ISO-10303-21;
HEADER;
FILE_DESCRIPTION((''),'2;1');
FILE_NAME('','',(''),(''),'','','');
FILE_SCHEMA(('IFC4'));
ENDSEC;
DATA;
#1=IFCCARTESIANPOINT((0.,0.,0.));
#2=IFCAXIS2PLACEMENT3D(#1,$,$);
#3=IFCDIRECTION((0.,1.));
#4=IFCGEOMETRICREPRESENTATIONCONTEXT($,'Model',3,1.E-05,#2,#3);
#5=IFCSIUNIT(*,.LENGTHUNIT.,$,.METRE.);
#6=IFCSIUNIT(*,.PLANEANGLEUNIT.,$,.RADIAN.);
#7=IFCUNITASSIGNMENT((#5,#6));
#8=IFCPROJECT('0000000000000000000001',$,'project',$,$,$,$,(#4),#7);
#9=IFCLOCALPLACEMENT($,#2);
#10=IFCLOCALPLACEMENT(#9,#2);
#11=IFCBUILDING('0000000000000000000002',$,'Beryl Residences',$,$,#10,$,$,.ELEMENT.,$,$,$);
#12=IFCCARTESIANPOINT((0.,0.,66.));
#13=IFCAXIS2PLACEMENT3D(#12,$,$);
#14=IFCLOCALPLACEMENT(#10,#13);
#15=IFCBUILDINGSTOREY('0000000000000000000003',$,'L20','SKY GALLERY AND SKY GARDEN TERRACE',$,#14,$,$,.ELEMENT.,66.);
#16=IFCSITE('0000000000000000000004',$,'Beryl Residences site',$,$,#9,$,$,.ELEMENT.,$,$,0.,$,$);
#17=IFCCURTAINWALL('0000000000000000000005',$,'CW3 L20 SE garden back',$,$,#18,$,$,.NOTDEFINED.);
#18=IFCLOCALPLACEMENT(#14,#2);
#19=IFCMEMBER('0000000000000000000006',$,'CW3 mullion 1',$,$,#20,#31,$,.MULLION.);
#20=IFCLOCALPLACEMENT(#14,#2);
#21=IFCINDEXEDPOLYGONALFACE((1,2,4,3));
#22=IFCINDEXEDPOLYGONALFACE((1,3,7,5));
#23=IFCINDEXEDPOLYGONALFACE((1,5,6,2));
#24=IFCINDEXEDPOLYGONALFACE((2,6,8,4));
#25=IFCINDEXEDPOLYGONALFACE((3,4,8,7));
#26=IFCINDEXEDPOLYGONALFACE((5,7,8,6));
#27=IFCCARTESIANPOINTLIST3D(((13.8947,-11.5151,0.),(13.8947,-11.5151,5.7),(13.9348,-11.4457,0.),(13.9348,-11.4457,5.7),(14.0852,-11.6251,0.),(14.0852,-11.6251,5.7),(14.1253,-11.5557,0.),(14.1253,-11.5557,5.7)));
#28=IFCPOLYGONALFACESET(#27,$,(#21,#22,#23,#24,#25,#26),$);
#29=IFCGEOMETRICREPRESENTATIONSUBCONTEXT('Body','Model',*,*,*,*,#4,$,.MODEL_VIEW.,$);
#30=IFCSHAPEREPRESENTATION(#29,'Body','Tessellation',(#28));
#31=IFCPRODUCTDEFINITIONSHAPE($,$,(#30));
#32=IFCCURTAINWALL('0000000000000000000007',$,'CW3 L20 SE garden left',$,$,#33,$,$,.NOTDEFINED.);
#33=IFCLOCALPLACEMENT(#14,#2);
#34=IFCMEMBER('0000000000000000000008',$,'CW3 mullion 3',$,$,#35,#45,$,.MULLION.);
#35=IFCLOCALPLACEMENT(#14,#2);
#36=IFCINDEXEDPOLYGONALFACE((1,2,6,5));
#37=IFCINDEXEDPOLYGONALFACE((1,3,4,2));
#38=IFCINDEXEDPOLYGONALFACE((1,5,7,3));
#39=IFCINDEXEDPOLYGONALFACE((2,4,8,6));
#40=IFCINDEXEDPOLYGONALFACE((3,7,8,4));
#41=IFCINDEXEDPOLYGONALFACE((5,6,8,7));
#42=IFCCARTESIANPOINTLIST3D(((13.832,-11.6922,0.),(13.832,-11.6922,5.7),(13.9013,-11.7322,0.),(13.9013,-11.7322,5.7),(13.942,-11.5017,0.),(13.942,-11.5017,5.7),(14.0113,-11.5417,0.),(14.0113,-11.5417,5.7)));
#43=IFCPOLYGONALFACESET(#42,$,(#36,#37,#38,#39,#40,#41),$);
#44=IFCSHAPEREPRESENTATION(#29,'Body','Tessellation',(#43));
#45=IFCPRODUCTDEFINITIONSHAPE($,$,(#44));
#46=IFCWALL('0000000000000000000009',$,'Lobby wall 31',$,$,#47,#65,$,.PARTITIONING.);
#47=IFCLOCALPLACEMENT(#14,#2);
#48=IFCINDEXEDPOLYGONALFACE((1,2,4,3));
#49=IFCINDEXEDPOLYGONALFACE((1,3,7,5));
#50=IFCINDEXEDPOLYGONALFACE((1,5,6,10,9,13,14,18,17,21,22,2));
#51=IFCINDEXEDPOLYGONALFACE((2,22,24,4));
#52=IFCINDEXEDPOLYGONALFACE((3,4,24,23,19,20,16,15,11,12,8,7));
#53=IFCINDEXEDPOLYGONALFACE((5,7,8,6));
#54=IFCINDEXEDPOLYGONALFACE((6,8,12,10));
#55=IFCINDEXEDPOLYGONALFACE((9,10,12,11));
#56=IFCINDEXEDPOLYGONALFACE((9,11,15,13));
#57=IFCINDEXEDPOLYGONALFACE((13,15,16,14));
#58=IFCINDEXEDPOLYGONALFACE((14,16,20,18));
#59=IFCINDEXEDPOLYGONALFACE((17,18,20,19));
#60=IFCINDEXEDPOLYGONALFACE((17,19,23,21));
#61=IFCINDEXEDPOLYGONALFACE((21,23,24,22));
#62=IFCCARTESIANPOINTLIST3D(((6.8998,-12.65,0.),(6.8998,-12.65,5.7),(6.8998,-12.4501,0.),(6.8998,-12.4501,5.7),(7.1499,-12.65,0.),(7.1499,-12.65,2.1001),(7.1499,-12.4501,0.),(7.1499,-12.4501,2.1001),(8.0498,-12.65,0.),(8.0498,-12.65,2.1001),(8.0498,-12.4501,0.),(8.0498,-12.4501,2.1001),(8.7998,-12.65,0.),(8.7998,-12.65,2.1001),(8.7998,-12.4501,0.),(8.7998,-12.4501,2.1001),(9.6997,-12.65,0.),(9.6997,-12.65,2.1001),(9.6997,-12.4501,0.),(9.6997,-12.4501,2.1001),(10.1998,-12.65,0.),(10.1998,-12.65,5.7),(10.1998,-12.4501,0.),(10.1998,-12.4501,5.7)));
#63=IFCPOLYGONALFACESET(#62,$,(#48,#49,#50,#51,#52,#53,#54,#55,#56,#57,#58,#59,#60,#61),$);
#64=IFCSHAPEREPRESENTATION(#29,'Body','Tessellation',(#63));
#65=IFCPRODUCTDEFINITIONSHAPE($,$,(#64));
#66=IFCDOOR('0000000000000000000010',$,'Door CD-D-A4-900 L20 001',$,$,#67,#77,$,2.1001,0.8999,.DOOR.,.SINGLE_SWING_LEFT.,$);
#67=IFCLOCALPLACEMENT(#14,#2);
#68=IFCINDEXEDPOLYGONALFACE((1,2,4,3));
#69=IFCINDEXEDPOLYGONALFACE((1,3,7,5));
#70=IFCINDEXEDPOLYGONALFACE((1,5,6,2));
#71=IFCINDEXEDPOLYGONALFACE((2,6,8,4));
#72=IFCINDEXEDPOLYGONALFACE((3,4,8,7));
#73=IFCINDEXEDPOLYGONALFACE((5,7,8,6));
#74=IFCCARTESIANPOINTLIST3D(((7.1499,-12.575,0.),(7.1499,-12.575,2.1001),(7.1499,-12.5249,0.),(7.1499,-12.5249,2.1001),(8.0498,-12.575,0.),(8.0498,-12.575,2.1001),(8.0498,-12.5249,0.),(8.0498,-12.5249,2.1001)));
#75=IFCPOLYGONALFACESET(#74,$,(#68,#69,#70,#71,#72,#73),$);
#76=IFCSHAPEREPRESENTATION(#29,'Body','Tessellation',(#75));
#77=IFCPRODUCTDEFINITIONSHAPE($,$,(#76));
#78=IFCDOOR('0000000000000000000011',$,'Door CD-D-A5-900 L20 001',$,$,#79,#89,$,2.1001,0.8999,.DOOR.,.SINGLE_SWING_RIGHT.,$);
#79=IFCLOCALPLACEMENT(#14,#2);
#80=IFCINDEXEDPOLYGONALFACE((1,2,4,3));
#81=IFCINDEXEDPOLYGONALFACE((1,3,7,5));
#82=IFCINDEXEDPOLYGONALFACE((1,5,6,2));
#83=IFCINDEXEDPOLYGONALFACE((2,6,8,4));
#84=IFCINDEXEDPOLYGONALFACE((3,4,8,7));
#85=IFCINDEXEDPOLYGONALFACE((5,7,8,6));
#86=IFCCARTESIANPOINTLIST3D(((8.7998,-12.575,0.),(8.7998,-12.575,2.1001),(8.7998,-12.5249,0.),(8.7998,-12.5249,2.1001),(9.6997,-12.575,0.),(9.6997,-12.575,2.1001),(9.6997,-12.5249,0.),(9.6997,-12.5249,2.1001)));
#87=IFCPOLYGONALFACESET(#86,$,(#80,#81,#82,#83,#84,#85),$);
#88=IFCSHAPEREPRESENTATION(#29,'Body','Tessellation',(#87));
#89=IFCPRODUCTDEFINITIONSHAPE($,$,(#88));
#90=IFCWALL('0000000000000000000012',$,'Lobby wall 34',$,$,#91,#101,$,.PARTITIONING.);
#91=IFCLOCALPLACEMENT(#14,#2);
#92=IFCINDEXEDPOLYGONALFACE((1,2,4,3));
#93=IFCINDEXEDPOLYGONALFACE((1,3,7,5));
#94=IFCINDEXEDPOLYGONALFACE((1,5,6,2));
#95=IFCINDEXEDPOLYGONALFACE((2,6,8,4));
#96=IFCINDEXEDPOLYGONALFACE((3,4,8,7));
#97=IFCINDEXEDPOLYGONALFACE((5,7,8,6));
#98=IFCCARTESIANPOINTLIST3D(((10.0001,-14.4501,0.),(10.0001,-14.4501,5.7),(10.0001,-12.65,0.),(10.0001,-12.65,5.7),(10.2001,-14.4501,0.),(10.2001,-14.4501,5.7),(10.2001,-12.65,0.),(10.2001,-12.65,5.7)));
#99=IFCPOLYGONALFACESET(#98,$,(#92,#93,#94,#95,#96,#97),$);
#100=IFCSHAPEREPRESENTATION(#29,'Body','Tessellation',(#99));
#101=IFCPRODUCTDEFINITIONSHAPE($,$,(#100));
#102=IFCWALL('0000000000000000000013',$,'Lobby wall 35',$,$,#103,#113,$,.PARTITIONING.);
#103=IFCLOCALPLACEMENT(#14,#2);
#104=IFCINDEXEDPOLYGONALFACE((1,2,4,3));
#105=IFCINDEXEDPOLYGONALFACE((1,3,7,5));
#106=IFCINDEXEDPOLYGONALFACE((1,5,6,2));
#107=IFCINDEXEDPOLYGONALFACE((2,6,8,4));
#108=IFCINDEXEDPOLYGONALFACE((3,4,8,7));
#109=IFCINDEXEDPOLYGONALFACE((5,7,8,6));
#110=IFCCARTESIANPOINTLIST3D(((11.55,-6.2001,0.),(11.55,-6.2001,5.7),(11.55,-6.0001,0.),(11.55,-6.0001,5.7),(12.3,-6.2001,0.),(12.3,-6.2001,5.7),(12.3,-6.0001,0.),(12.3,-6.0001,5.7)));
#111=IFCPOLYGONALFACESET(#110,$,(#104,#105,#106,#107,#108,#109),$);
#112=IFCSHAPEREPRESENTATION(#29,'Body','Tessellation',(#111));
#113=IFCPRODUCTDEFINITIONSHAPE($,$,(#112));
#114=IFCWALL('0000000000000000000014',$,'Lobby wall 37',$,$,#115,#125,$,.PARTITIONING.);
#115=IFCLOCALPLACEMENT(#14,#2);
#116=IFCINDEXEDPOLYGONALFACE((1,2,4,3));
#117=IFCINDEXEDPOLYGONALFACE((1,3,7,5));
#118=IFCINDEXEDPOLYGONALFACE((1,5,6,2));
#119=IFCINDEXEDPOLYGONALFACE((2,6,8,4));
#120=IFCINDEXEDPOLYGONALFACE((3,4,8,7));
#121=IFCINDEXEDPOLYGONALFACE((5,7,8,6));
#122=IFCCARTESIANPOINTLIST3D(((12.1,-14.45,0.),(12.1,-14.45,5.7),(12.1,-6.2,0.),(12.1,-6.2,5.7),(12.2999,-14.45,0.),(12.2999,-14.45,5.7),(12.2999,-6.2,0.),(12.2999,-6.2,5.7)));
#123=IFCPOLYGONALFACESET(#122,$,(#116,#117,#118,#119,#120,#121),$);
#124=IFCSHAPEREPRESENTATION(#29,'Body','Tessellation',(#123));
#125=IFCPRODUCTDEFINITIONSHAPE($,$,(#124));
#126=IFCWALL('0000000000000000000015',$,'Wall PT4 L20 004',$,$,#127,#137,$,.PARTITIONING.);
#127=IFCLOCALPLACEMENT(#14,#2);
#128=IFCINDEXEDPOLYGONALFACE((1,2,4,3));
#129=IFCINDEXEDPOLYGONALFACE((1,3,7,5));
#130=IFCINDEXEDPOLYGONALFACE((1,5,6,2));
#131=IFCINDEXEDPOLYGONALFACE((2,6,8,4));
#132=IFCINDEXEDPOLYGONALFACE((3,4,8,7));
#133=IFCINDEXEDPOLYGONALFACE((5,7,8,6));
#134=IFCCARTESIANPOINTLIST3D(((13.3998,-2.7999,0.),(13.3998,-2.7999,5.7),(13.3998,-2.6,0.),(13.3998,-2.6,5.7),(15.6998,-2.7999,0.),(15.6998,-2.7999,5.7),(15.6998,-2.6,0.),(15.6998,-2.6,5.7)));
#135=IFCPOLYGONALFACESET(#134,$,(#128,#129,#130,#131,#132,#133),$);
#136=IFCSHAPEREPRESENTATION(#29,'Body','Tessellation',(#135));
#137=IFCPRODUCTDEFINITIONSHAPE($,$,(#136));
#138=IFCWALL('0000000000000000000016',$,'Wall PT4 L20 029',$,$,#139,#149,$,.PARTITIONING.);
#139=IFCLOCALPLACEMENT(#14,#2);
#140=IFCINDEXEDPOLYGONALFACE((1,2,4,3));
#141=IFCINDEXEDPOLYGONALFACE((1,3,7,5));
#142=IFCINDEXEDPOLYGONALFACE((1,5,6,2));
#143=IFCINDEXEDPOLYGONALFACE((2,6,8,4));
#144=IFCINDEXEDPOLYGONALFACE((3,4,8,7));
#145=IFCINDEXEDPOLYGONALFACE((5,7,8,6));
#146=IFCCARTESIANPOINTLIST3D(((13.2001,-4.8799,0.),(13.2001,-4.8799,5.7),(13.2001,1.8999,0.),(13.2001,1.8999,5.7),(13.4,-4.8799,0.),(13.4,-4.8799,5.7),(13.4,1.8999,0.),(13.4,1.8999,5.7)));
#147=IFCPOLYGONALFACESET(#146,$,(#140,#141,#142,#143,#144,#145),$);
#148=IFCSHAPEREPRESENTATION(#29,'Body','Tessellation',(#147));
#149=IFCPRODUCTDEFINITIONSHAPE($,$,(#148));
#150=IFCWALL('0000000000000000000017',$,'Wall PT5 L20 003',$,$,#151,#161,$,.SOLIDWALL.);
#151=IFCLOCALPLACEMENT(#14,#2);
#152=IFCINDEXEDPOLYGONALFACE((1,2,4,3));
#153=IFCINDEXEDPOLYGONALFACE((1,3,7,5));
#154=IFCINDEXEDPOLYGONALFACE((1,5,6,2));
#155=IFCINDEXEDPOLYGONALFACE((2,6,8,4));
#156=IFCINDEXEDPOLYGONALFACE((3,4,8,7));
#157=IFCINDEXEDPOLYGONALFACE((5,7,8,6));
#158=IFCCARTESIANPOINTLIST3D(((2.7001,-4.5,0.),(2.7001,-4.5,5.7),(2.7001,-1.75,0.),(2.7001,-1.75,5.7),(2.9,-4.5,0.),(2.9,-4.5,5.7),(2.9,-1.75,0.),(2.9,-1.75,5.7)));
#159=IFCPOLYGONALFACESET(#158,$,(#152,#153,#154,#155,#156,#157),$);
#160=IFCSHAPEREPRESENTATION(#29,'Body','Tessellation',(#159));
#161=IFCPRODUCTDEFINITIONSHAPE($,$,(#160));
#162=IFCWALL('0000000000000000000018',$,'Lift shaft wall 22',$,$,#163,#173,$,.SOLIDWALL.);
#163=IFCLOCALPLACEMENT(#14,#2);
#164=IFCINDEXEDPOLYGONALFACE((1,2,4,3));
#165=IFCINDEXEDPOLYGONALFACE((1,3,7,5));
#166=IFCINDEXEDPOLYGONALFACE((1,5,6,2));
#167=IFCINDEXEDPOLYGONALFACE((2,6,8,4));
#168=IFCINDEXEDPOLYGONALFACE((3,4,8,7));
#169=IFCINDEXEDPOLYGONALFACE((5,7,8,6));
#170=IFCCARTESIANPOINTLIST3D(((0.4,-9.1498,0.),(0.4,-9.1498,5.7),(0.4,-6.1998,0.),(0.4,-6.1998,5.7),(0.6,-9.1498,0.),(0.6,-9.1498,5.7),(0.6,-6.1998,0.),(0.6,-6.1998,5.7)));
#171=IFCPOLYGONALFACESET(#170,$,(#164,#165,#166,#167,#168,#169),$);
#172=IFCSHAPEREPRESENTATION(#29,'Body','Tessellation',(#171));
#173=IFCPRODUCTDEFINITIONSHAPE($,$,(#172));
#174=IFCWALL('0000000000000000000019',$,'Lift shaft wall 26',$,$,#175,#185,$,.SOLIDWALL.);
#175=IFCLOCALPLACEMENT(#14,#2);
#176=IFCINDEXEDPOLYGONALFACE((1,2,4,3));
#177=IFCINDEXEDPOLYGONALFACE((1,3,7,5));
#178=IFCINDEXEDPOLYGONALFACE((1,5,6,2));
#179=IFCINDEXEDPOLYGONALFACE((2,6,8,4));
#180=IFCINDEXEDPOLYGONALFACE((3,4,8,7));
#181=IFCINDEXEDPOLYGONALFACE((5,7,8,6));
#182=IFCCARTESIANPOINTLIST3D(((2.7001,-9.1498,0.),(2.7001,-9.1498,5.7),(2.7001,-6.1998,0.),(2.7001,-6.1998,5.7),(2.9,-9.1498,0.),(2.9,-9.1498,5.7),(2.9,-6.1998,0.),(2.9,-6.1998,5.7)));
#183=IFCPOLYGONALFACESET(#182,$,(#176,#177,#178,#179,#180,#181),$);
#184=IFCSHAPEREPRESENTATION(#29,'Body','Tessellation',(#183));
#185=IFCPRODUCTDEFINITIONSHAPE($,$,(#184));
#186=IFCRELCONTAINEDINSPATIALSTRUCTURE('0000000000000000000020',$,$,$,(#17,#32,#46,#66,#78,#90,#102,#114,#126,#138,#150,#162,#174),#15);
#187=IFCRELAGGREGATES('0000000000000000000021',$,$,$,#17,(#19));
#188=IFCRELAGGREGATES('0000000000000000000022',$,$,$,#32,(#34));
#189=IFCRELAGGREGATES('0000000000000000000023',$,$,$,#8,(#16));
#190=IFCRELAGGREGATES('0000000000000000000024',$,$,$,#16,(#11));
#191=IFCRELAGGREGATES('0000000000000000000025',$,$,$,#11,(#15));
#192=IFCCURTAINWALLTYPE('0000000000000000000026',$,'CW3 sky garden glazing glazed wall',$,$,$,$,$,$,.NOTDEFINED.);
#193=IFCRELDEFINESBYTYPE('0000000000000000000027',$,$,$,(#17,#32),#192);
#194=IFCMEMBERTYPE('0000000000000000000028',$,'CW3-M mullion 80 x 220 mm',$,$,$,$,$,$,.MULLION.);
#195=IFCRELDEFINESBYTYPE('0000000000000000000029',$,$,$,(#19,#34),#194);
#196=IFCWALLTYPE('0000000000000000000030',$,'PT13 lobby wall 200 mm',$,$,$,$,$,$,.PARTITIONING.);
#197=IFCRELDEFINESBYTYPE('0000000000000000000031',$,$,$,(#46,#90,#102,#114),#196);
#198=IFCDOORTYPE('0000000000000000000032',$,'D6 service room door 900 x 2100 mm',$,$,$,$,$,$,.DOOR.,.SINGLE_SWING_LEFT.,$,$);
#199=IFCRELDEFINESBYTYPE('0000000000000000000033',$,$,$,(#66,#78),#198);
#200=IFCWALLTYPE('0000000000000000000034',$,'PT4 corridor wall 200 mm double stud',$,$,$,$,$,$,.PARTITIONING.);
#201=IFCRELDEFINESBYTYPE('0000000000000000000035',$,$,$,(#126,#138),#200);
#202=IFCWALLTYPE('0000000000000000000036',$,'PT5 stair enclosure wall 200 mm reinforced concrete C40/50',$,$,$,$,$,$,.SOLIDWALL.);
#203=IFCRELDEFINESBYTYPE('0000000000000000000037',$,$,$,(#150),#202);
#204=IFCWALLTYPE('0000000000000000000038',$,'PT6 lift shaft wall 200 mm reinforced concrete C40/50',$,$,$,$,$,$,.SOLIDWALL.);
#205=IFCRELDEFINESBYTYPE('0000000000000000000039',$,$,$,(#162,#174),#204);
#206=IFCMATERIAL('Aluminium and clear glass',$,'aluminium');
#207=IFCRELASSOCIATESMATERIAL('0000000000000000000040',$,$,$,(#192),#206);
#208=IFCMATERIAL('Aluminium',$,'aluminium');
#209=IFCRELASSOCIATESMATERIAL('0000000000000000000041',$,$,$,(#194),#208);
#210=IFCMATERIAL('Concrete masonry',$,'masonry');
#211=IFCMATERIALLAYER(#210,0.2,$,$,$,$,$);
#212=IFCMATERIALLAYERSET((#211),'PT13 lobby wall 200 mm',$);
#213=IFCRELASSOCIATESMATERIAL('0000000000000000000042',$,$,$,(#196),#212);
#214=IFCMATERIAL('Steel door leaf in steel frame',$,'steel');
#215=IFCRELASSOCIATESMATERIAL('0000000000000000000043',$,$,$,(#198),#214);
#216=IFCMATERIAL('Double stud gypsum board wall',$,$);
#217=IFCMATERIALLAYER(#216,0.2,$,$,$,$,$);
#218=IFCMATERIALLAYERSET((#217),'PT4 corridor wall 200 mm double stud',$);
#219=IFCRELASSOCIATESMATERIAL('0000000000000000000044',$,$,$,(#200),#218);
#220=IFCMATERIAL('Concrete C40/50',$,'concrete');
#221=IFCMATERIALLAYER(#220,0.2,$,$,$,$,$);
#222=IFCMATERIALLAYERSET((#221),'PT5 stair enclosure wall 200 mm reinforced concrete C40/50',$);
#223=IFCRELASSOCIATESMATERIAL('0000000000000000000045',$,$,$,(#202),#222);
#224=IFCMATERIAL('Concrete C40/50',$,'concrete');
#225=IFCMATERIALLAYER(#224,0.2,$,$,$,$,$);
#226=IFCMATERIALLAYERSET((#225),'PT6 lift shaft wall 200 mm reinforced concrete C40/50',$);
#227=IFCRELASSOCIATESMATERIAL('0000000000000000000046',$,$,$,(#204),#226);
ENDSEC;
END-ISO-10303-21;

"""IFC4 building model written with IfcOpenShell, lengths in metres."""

from ifc_helpers import new_model, si_unit, direction, frame, frame_2d, origin, origin_2d, place, context, subcontext, project, spatial, rectangle, extrude, material, layer, layer_set, material_profile, profile_set, type_object, element, fill, aggregate, save


model = new_model("IFC4")

# Units and contexts
model_context = context("Model", 3, precision=1e-05, world=origin(), true_north=direction((0.0, 1.0)))
body_context = subcontext(model_context, "Body", "Model", "MODEL_VIEW")
ifc_project = project(units=[si_unit("LENGTHUNIT", "METRE"), si_unit("PLANEANGLEUNIT", "RADIAN")], contexts=[model_context])

# Site, building, storey
site_placement = place(None, origin())
site = spatial("IfcSite", under=ifc_project, at=site_placement, Name="Beryl Residences site", CompositionType="ELEMENT", RefElevation=0.0)
building_placement = place(site_placement, origin())
building = spatial("IfcBuilding", under=site, at=building_placement, Name="Beryl Residences", CompositionType="ELEMENT")
storey_placement = place(building_placement, frame((0.0, 0.0, 66.0)))
storey = spatial("IfcBuildingStorey", under=building, at=storey_placement, Name="L20", Description="SKY GALLERY AND SKY GARDEN TERRACE", CompositionType="ELEMENT", Elevation=66.0)

# Curtain walls, members
ifc_material_1 = material(Name="Aluminium and clear glass", Category="aluminium")
curtain_wall_type = type_object("IfcCurtainWallType", Name="CW3 sky garden glazing glazed wall", PredefinedType="NOTDEFINED", material=ifc_material_1)
curtain_wall_1_placement = place(storey_placement, origin())
curtain_wall_1 = element("IfcCurtainWall", 1, at=curtain_wall_1_placement, inside=storey, type_object=curtain_wall_type, Name="CW3 L20 SE garden back", PredefinedType="NOTDEFINED")
ifc_material_2 = material(Name="Aluminium", Category="aluminium")
ifc_material_profile = material_profile(ifc_material_2, rectangle(XDim=0.0801, YDim=0.22, at=origin_2d()))
ifc_profile_set = profile_set([ifc_material_profile], Name="Aluminium")
member_type = type_object("IfcMemberType", Name="CW3-M mullion 80 x 220 mm", PredefinedType="MULLION", material=ifc_profile_set)
member_1_placement = place(storey_placement, frame((14.01, -11.5354, 0.0), z_axis=(0.0, 0.0, 1.0), x_axis=(0.499946, 0.866057, 0.0)))
member_1 = element("IfcMember", 2, at=member_1_placement, type_object=member_type, Name="CW3 mullion 1", PredefinedType="MULLION", context=body_context, shape_type="SweptSolid", body=[
    extrude(rectangle(XDim=0.0801, YDim=0.22, at=origin_2d()), origin(), (0.0, 0.0, 1.0), 5.7),
])
aggregate(curtain_wall_1, [member_1])
curtain_wall_2_placement = place(storey_placement, origin())
curtain_wall_2 = element("IfcCurtainWall", 3, at=curtain_wall_2_placement, inside=storey, type_object=curtain_wall_type, Name="CW3 L20 SE garden left", PredefinedType="NOTDEFINED")
member_2_placement = place(storey_placement, frame((13.9216, -11.6169, 0.0), z_axis=(0.0, 0.0, 1.0), x_axis=(-0.866008, 0.500031, 0.0)))
member_2 = element("IfcMember", 4, at=member_2_placement, type_object=member_type, Name="CW3 mullion 3", PredefinedType="MULLION", context=body_context, shape_type="SweptSolid", body=[
    extrude(rectangle(XDim=0.0801, YDim=0.22, at=origin_2d()), origin(), (0.0, 0.0, 1.0), 5.7),
])
aggregate(curtain_wall_2, [member_2])

# Wall, openings, doors
ifc_material_3 = material(Name="Concrete masonry", Category="masonry")
ifc_layer_1 = layer(ifc_material_3, 0.2)
ifc_layer_set_1 = layer_set([ifc_layer_1], Name="PT13 lobby wall 200 mm")
wall_type_1 = type_object("IfcWallType", Name="PT13 lobby wall 200 mm", PredefinedType="PARTITIONING", material=ifc_layer_set_1)
wall_1_placement = place(storey_placement, frame((6.8999, -12.55, 0.0), z_axis=(0.0, 0.0, 1.0), x_axis=(1.0, 0.0, 0.0)))
wall_1 = element("IfcWall", 5, at=wall_1_placement, inside=storey, type_object=wall_type_1, Name="Lobby wall 31", PredefinedType="PARTITIONING", context=body_context, shape_type="SweptSolid", body=[
    extrude(rectangle(XDim=3.3, YDim=0.2, at=frame_2d((1.6499, 0.0))), origin(), (0.0, 0.0, 1.0), 5.7),
])
opening_1_placement = place(wall_1_placement, frame((1.1499, 0.0, 0.0), z_axis=(0.0, 0.0, 1.0), x_axis=(-1.0, 0.0, 0.0)))
opening_1 = element("IfcOpeningElement", 6, at=opening_1_placement, cuts=wall_1, PredefinedType="OPENING", context=body_context, shape_type="SweptSolid", body=[
    extrude(rectangle(XDim=0.8999, YDim=2.1001, at=frame_2d((0.45, 1.05))), frame((0.0, 0.1099, 0.0), z_axis=(0.0, -1.0, 0.0), x_axis=(1.0, 0.0, 0.0)), (0.0, 0.0, 1.0), 0.22),
])
opening_2_placement = place(wall_1_placement, frame((2.7998, 0.0, 0.0), z_axis=(0.0, 0.0, 1.0), x_axis=(-1.0, 0.0, 0.0)))
opening_2 = element("IfcOpeningElement", 7, at=opening_2_placement, cuts=wall_1, PredefinedType="OPENING", context=body_context, shape_type="SweptSolid", body=[
    extrude(rectangle(XDim=0.8999, YDim=2.1001, at=frame_2d((0.45, 1.05))), frame((0.0, 0.1099, 0.0), z_axis=(0.0, -1.0, 0.0), x_axis=(1.0, 0.0, 0.0)), (0.0, 0.0, 1.0), 0.22),
])
ifc_material_4 = material(Name="Steel door leaf in steel frame", Category="steel")
door_type = type_object("IfcDoorType", Name="D6 service room door 900 x 2100 mm", OperationType="SINGLE_SWING_LEFT", PredefinedType="DOOR", material=ifc_material_4)
door_1_placement = place(opening_1_placement, origin())
door_1 = element("IfcDoor", 8, at=door_1_placement, inside=storey, type_object=door_type, Name="Door CD-D-A4-900 L20 001", OperationType="SINGLE_SWING_LEFT", OverallHeight=2.1001, OverallWidth=0.8999, PredefinedType="DOOR", context=body_context, shape_type="SweptSolid", body=[
    extrude(rectangle(XDim=0.8999, YDim=2.1001, at=frame_2d((0.45, 1.05))), frame((0.0, 0.0249, 0.0), z_axis=(0.0, -1.0, 0.0), x_axis=(1.0, 0.0, 0.0)), (0.0, 0.0, 1.0), 0.05),
])
fill(opening_1, door_1)
door_2_placement = place(opening_2_placement, origin())
door_2 = element("IfcDoor", 9, at=door_2_placement, inside=storey, type_object=door_type, Name="Door CD-D-A5-900 L20 001", OperationType="SINGLE_SWING_RIGHT", OverallHeight=2.1001, OverallWidth=0.8999, PredefinedType="DOOR", context=body_context, shape_type="SweptSolid", body=[
    extrude(rectangle(XDim=0.8999, YDim=2.1001, at=frame_2d((0.45, 1.05))), frame((0.0, 0.0249, 0.0), z_axis=(0.0, -1.0, 0.0), x_axis=(1.0, 0.0, 0.0)), (0.0, 0.0, 1.0), 0.05),
])
fill(opening_2, door_2)

# Walls
wall_2_placement = place(storey_placement, frame((10.1001, -14.45, 0.0), z_axis=(0.0, 0.0, 1.0), x_axis=(0.0, 1.0, 0.0)))
element("IfcWall", 10, at=wall_2_placement, inside=storey, type_object=wall_type_1, Name="Lobby wall 34", PredefinedType="PARTITIONING", context=body_context, shape_type="SweptSolid", body=[
    extrude(rectangle(XDim=1.8, YDim=0.2, at=frame_2d((0.8999, 0.0))), origin(), (0.0, 0.0, 1.0), 5.7),
])
wall_3_placement = place(storey_placement, frame((11.55, -6.1001, 0.0), z_axis=(0.0, 0.0, 1.0), x_axis=(1.0, 0.0, 0.0)))
element("IfcWall", 11, at=wall_3_placement, inside=storey, type_object=wall_type_1, Name="Lobby wall 35", PredefinedType="PARTITIONING", context=body_context, shape_type="SweptSolid", body=[
    extrude(rectangle(XDim=0.75, YDim=0.2, at=frame_2d((0.375, 0.0))), origin(), (0.0, 0.0, 1.0), 5.7),
])
wall_4_placement = place(storey_placement, frame((12.2, -14.45, 0.0), z_axis=(0.0, 0.0, 1.0), x_axis=(0.0, 1.0, 0.0)))
element("IfcWall", 12, at=wall_4_placement, inside=storey, type_object=wall_type_1, Name="Lobby wall 37", PredefinedType="PARTITIONING", context=body_context, shape_type="SweptSolid", body=[
    extrude(rectangle(XDim=8.25, YDim=0.2, at=frame_2d((4.125, 0.0))), origin(), (0.0, 0.0, 1.0), 5.7),
])
ifc_material_5 = material(Name="Double stud gypsum board wall")
ifc_layer_2 = layer(ifc_material_5, 0.2)
ifc_layer_set_2 = layer_set([ifc_layer_2], Name="PT4 corridor wall 200 mm double stud")
wall_type_2 = type_object("IfcWallType", Name="PT4 corridor wall 200 mm double stud", PredefinedType="PARTITIONING", material=ifc_layer_set_2)
wall_5_placement = place(storey_placement, frame((13.3999, -2.7, 0.0), z_axis=(0.0, 0.0, 1.0), x_axis=(1.0, 0.0, 0.0)))
element("IfcWall", 13, at=wall_5_placement, inside=storey, type_object=wall_type_2, Name="Wall PT4 L20 004", PredefinedType="PARTITIONING", context=body_context, shape_type="SweptSolid", body=[
    extrude(rectangle(XDim=2.3, YDim=0.2, at=frame_2d((1.1499, 0.0))), origin(), (0.0, 0.0, 1.0), 5.7),
])
wall_6_placement = place(storey_placement, frame((13.3, -4.8799, 0.0), z_axis=(0.0, 0.0, 1.0), x_axis=(0.0, 1.0, 0.0)))
element("IfcWall", 14, at=wall_6_placement, inside=storey, type_object=wall_type_2, Name="Wall PT4 L20 029", PredefinedType="PARTITIONING", context=body_context, shape_type="SweptSolid", body=[
    extrude(rectangle(XDim=6.7798, YDim=0.2, at=frame_2d((3.3899, 0.0))), origin(), (0.0, 0.0, 1.0), 5.7),
])
ifc_material_6 = material(Name="Concrete C40/50", Category="concrete")
ifc_layer_3 = layer(ifc_material_6, 0.2)
ifc_layer_set_3 = layer_set([ifc_layer_3], Name="PT5 stair enclosure wall 200 mm reinforced concrete C40/50")
wall_type_3 = type_object("IfcWallType", Name="PT5 stair enclosure wall 200 mm reinforced concrete C40/50", PredefinedType="SOLIDWALL", material=ifc_layer_set_3)
wall_7_placement = place(storey_placement, frame((2.8, -4.5, 0.0), z_axis=(0.0, 0.0, 1.0), x_axis=(0.0, 1.0, 0.0)))
element("IfcWall", 15, at=wall_7_placement, inside=storey, type_object=wall_type_3, Name="Wall PT5 L20 003", PredefinedType="SOLIDWALL", context=body_context, shape_type="SweptSolid", body=[
    extrude(rectangle(XDim=2.75, YDim=0.2, at=frame_2d((1.375, 0.0))), origin(), (0.0, 0.0, 1.0), 5.7),
])
ifc_material_7 = material(Name="Concrete C40/50", Category="concrete")
ifc_layer_4 = layer(ifc_material_7, 0.2)
ifc_layer_set_4 = layer_set([ifc_layer_4], Name="PT6 lift shaft wall 200 mm reinforced concrete C40/50")
wall_type_4 = type_object("IfcWallType", Name="PT6 lift shaft wall 200 mm reinforced concrete C40/50", PredefinedType="SOLIDWALL", material=ifc_layer_set_4)
for number, where, z_axis, x_axis, name in (
    (16, (0.5, -9.1499, 0.0), (0.0, 0.0, 1.0), (0.0, 1.0, 0.0), "Lift shaft wall 22"),
    (17, (2.8, -9.1499, 0.0), (0.0, 0.0, 1.0), (0.0, 1.0, 0.0), "Lift shaft wall 26"),
):
    element("IfcWall", number, at=place(storey_placement, frame(where, z_axis=z_axis, x_axis=x_axis)), inside=storey, type_object=wall_type_4, Name=name, PredefinedType="SOLIDWALL", context=body_context, shape_type="SweptSolid", body=[
        extrude(rectangle(XDim=2.95, YDim=0.2, at=frame_2d((1.4751, 0.0))), origin(), (0.0, 0.0, 1.0), 5.7),
    ])

save(model, "model.ifc")
